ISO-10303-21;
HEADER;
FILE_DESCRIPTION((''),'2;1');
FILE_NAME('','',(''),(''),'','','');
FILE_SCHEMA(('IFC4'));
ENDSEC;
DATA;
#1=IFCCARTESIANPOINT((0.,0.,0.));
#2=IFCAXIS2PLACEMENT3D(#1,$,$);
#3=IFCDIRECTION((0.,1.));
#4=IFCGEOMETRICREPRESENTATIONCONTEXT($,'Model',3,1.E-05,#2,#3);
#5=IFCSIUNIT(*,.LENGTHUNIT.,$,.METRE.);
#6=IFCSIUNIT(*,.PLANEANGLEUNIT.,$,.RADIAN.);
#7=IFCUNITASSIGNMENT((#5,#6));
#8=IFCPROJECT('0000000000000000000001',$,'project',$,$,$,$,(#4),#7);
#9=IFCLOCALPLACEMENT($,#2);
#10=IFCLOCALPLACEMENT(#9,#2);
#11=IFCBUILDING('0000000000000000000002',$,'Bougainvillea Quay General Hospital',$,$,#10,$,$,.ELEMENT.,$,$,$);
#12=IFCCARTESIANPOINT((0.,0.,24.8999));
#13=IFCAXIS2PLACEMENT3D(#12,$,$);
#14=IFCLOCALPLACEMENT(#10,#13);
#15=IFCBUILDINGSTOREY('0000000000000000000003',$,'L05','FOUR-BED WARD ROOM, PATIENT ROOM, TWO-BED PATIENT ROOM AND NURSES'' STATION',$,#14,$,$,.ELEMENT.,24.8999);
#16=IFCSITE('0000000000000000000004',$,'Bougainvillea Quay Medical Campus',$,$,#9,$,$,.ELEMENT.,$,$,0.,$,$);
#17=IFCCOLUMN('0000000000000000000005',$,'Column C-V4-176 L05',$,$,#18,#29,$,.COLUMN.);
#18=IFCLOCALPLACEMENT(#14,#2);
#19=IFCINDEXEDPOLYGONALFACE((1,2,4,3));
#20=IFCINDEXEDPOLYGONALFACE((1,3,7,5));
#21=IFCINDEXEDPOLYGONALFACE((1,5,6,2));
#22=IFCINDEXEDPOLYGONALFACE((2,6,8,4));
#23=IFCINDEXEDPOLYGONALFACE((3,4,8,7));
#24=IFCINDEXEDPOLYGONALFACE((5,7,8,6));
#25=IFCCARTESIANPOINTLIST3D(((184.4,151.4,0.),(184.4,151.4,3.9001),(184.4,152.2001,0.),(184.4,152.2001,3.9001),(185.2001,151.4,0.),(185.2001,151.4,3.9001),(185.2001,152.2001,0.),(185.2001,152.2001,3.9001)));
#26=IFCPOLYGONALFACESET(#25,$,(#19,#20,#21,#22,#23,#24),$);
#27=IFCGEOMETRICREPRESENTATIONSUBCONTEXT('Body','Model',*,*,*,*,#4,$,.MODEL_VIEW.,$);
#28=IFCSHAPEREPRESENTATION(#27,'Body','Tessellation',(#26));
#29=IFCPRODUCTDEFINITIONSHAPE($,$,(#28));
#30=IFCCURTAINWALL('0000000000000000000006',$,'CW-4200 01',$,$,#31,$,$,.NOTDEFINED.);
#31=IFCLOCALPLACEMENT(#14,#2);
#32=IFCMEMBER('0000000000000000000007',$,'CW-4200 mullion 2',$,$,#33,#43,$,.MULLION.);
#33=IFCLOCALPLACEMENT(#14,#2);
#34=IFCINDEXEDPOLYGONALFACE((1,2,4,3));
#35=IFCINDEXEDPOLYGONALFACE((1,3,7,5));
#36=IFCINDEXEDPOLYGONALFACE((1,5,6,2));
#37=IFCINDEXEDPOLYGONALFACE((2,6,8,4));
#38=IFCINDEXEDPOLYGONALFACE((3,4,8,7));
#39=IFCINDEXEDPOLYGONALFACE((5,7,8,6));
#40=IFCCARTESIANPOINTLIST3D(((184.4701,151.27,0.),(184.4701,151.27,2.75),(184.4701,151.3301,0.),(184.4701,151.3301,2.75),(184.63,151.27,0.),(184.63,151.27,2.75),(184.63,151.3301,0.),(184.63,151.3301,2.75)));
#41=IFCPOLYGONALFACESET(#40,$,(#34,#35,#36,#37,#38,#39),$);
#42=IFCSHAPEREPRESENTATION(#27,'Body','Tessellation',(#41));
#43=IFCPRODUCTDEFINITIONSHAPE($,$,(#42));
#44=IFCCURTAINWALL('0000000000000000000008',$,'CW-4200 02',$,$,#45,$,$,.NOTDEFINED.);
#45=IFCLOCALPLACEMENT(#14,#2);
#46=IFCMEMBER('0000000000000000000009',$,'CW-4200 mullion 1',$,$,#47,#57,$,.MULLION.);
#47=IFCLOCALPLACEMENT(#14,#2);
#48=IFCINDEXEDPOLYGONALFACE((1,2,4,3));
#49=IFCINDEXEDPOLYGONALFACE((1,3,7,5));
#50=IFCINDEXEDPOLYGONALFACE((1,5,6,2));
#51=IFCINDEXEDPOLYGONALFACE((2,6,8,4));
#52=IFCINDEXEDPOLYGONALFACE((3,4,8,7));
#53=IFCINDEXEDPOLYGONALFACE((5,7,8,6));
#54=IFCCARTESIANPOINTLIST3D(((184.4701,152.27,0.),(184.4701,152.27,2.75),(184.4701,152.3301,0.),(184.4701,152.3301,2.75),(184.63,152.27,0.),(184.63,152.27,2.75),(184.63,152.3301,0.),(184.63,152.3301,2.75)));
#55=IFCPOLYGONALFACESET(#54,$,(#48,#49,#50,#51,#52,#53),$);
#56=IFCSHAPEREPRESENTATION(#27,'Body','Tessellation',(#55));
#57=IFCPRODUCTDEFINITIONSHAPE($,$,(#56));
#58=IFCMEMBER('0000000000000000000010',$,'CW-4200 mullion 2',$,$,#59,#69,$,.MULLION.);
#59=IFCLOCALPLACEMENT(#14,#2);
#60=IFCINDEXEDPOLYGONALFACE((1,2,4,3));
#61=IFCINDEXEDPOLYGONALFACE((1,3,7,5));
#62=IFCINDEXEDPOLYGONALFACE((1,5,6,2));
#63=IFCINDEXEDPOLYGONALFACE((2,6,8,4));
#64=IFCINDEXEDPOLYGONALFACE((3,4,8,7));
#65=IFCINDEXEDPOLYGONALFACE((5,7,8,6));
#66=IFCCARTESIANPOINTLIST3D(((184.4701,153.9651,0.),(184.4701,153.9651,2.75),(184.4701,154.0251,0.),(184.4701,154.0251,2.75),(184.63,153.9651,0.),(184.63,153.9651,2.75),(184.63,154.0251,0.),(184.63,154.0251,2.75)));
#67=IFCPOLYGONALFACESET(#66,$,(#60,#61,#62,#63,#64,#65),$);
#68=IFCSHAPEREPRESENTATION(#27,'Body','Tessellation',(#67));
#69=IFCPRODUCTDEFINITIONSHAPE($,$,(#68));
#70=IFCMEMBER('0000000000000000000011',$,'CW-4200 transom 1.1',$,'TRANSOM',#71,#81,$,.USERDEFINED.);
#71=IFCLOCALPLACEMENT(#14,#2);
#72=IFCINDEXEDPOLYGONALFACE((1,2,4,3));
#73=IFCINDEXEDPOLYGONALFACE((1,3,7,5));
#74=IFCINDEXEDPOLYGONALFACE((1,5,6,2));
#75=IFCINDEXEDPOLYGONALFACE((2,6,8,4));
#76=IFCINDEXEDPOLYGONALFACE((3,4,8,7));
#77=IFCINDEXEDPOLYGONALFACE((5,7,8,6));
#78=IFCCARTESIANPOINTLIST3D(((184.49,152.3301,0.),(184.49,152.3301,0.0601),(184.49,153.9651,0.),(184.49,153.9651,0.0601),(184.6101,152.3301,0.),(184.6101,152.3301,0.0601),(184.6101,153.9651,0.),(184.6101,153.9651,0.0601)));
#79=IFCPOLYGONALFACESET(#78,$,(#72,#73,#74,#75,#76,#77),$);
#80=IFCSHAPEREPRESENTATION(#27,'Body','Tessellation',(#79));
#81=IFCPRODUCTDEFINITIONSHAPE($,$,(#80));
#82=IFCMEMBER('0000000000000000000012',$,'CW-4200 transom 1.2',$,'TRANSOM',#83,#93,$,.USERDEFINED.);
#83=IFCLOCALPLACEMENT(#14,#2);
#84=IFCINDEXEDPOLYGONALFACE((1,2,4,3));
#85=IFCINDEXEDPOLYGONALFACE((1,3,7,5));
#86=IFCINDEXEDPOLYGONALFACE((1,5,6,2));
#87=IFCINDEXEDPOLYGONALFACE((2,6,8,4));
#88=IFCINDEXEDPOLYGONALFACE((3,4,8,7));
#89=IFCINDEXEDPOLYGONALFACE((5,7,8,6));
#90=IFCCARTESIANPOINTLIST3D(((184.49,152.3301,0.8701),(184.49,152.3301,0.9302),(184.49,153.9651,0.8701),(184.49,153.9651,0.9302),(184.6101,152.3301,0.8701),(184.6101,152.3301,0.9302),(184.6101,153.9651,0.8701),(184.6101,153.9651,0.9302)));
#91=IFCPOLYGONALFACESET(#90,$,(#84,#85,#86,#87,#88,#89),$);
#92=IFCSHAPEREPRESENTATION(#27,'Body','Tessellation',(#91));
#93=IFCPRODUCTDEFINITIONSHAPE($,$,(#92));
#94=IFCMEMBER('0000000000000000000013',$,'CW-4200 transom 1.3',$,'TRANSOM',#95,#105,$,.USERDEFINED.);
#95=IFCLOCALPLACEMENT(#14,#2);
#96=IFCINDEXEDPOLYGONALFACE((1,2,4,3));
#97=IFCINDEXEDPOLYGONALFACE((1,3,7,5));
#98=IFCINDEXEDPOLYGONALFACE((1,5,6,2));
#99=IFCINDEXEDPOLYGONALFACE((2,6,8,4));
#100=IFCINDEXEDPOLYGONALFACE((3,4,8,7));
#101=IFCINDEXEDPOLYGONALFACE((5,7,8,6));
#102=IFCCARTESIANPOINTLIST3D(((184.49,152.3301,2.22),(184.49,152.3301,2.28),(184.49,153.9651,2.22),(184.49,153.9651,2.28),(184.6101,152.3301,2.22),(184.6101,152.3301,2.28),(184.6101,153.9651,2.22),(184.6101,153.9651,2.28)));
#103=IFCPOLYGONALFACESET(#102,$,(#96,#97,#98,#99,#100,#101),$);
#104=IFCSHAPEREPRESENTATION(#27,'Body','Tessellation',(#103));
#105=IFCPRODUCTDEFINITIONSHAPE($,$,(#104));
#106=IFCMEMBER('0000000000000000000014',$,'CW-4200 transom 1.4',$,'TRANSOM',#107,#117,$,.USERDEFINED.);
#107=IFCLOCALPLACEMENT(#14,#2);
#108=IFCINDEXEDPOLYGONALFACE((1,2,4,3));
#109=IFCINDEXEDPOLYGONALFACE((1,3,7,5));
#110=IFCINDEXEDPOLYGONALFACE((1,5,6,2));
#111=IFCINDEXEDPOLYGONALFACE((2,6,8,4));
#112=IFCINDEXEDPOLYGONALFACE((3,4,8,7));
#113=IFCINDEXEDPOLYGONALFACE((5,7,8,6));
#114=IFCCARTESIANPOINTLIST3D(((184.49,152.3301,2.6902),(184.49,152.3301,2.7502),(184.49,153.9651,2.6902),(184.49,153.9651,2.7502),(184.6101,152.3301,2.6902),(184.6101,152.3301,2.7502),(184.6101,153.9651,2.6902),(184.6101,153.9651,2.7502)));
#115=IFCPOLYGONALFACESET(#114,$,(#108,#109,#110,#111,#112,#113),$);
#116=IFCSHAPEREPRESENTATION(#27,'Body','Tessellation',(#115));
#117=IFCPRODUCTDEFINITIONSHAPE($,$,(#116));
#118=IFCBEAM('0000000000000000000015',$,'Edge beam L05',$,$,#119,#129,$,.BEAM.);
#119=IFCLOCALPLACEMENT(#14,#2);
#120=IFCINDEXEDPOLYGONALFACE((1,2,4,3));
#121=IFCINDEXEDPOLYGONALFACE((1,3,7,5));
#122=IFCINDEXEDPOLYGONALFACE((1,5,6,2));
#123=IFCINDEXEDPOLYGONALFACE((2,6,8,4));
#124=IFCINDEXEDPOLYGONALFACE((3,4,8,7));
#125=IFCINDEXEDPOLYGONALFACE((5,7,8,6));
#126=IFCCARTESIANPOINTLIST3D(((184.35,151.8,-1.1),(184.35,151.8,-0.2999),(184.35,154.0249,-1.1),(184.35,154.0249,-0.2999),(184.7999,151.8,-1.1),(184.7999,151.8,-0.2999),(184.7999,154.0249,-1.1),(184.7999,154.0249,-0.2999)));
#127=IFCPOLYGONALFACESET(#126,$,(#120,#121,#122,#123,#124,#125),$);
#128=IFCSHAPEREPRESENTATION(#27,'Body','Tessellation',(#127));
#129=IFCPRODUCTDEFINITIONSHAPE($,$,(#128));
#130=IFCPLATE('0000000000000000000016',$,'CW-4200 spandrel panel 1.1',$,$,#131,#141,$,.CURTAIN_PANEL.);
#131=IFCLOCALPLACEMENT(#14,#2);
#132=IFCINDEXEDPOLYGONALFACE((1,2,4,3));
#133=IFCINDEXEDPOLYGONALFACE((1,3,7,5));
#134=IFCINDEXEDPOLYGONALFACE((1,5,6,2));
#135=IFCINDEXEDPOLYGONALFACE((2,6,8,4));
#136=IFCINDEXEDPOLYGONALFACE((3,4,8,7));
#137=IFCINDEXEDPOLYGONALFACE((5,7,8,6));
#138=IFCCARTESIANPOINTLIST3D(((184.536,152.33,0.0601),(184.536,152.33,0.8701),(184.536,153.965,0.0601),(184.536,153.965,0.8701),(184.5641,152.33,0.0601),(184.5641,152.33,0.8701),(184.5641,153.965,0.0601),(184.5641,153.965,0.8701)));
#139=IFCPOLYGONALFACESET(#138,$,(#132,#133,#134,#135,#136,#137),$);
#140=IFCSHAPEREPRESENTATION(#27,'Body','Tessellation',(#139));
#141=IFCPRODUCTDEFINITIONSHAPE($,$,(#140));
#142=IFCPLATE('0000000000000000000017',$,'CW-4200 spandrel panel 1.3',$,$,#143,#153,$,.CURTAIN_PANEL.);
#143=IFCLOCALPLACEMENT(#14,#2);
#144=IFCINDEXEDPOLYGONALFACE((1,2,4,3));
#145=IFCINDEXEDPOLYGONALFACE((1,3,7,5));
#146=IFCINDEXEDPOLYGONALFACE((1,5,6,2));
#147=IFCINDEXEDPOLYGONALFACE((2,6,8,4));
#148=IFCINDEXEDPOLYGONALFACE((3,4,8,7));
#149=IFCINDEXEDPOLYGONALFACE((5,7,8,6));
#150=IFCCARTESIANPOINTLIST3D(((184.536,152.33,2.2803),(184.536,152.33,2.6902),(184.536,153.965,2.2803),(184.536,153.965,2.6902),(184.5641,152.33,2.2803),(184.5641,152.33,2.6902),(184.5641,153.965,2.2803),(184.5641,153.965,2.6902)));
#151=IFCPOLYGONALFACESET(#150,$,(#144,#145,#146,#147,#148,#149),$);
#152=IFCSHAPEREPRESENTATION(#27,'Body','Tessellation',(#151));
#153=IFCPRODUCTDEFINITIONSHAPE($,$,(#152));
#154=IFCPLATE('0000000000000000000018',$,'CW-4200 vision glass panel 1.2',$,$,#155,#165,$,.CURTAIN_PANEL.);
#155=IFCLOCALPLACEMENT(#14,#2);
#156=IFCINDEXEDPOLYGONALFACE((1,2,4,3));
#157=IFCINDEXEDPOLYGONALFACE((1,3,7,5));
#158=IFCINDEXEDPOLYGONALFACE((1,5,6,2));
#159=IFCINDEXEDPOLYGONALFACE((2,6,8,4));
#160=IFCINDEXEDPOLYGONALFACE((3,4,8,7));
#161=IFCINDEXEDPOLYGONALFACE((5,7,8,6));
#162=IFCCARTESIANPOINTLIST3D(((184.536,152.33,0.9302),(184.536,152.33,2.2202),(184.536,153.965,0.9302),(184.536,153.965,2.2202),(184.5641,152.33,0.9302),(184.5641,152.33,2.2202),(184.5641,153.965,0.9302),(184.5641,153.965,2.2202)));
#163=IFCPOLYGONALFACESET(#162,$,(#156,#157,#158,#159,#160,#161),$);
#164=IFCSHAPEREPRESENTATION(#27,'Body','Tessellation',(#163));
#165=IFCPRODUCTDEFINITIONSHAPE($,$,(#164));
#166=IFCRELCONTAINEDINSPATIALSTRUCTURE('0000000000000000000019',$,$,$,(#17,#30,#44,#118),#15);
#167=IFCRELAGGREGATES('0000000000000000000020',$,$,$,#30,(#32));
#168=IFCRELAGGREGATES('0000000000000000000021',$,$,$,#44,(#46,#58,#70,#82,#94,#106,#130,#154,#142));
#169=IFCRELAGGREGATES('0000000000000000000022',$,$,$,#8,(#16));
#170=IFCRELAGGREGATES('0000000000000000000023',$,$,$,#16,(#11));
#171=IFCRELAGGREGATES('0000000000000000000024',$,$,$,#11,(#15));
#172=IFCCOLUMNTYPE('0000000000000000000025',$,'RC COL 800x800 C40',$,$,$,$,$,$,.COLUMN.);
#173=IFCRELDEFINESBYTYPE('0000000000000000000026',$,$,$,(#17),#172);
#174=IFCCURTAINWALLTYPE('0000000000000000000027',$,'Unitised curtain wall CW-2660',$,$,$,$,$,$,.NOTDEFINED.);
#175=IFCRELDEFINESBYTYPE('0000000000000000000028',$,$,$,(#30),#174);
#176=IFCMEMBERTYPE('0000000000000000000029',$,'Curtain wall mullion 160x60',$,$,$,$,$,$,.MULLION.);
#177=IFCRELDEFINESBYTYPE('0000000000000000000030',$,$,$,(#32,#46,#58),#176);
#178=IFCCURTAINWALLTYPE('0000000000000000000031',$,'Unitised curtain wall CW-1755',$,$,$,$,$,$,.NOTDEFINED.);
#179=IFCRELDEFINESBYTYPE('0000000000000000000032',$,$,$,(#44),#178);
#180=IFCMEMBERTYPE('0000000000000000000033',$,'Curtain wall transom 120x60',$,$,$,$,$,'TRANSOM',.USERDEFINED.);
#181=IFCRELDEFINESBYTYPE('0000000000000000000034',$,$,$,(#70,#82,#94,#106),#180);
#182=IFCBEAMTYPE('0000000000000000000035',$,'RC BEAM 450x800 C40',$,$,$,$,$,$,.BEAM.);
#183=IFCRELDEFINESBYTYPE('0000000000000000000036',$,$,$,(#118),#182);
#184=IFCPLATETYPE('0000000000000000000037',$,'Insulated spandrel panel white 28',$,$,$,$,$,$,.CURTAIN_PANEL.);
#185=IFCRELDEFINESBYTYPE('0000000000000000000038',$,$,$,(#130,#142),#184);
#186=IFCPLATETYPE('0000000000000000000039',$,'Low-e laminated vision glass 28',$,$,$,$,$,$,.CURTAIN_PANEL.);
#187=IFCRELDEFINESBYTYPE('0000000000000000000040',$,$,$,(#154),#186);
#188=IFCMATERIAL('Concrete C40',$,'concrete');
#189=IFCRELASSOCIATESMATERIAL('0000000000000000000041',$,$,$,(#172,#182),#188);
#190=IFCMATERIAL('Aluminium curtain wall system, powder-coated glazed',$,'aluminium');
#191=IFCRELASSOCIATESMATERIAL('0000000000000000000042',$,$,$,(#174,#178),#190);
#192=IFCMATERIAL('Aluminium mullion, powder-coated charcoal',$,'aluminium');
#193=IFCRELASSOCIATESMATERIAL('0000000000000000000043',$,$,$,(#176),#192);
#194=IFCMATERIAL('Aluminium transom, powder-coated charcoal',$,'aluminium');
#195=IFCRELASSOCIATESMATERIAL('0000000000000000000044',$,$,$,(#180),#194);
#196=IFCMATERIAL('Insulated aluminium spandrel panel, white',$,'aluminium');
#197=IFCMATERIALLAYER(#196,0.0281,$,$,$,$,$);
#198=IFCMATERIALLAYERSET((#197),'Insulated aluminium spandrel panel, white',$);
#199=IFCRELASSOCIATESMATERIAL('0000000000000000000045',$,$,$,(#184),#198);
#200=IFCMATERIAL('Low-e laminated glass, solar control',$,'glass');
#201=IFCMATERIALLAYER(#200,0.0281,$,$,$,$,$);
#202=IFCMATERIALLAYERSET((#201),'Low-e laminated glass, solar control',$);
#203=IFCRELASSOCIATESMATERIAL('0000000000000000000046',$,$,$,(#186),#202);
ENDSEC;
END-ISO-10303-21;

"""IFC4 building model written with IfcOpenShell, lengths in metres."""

from ifc_helpers import new_model, si_unit, direction, frame, origin, origin_2d, place, context, subcontext, project, spatial, rectangle, extrude, material, layer, layer_set, material_profile, profile_set, type_object, element, aggregate, save


model = new_model("IFC4")

# Units and contexts
model_context = context("Model", 3, precision=1e-05, world=origin(), true_north=direction((0.0, 1.0)))
body_context = subcontext(model_context, "Body", "Model", "MODEL_VIEW")
ifc_project = project(units=[si_unit("LENGTHUNIT", "METRE"), si_unit("PLANEANGLEUNIT", "RADIAN")], contexts=[model_context])

# Site, building, storey
site_placement = place(None, origin())
site = spatial("IfcSite", under=ifc_project, at=site_placement, Name="Bougainvillea Quay Medical Campus", CompositionType="ELEMENT", RefElevation=0.0)
building_placement = place(site_placement, origin())
building = spatial("IfcBuilding", under=site, at=building_placement, Name="Bougainvillea Quay General Hospital", CompositionType="ELEMENT")
storey_placement = place(building_placement, frame((0.0, 0.0, 24.8999)))
storey = spatial("IfcBuildingStorey", under=building, at=storey_placement, Name="L05", Description="FOUR-BED WARD ROOM, PATIENT ROOM, TWO-BED PATIENT ROOM AND NURSES' STATION", CompositionType="ELEMENT", Elevation=24.8999)

# Column
ifc_material_1 = material(Name="Concrete C40", Category="concrete")
ifc_material_profile_1 = material_profile(ifc_material_1, rectangle(XDim=0.8, YDim=0.8, at=origin_2d()))
ifc_profile_set_1 = profile_set([ifc_material_profile_1], Name="Concrete C40")
column_type = type_object("IfcColumnType", Name="RC COL 800x800 C40", PredefinedType="COLUMN", material=ifc_profile_set_1)
column_placement = place(storey_placement, frame((184.8, 151.8, 0.0), z_axis=(0.0, 0.0, 1.0), x_axis=(1.0, 0.0, 0.0)))
element("IfcColumn", 1, at=column_placement, inside=storey, type_object=column_type, Name="Column C-V4-176 L05", PredefinedType="COLUMN", context=body_context, shape_type="SweptSolid", body=[
    extrude(rectangle(XDim=0.8, YDim=0.8, at=origin_2d()), origin(), (0.0, 0.0, 1.0), 3.9001),
])

# Curtain wall, member
ifc_material_2 = material(Name="Aluminium curtain wall system, powder-coated glazed", Category="aluminium")
curtain_wall_type_1 = type_object("IfcCurtainWallType", Name="Unitised curtain wall CW-2660", PredefinedType="NOTDEFINED", material=ifc_material_2)
curtain_wall_1_placement = place(storey_placement, origin())
curtain_wall_1 = element("IfcCurtainWall", 2, at=curtain_wall_1_placement, inside=storey, type_object=curtain_wall_type_1, Name="CW-4200 01", PredefinedType="NOTDEFINED")
ifc_material_3 = material(Name="Aluminium mullion, powder-coated charcoal", Category="aluminium")
ifc_material_profile_2 = material_profile(ifc_material_3, rectangle(XDim=0.1599, YDim=0.0601, at=origin_2d()))
ifc_profile_set_2 = profile_set([ifc_material_profile_2], Name="Aluminium mullion, powder-coated charcoal")
member_type_1 = type_object("IfcMemberType", Name="Curtain wall mullion 160x60", PredefinedType="MULLION", material=ifc_profile_set_2)
member_1_placement = place(storey_placement, frame((184.55, 151.3, 0.0), z_axis=(0.0, 0.0, 1.0), x_axis=(-1.0, 0.0, 0.0)))
member_1 = element("IfcMember", 3, at=member_1_placement, type_object=member_type_1, Name="CW-4200 mullion 2", PredefinedType="MULLION", context=body_context, shape_type="SweptSolid", body=[
    extrude(rectangle(XDim=0.1599, YDim=0.0601, at=origin_2d()), origin(), (0.0, 0.0, 1.0), 2.75),
])
aggregate(curtain_wall_1, [member_1])

# Curtain wall, members
curtain_wall_type_2 = type_object("IfcCurtainWallType", Name="Unitised curtain wall CW-1755", PredefinedType="NOTDEFINED", material=ifc_material_2)
curtain_wall_2_placement = place(storey_placement, origin())
curtain_wall_2 = element("IfcCurtainWall", 4, at=curtain_wall_2_placement, inside=storey, type_object=curtain_wall_type_2, Name="CW-4200 02", PredefinedType="NOTDEFINED")
member_2_placement = place(storey_placement, frame((184.55, 152.3, 0.0), z_axis=(0.0, 0.0, 1.0), x_axis=(-1.0, 0.0, 0.0)))
member_2 = element("IfcMember", 5, at=member_2_placement, type_object=member_type_1, Name="CW-4200 mullion 1", PredefinedType="MULLION", context=body_context, shape_type="SweptSolid", body=[
    extrude(rectangle(XDim=0.1599, YDim=0.0601, at=origin_2d()), origin(), (0.0, 0.0, 1.0), 2.75),
])
member_3_placement = place(storey_placement, frame((184.55, 153.9951, 0.0), z_axis=(0.0, 0.0, 1.0), x_axis=(-1.0, 0.0, 0.0)))
member_3 = element("IfcMember", 6, at=member_3_placement, type_object=member_type_1, Name="CW-4200 mullion 2", PredefinedType="MULLION", context=body_context, shape_type="SweptSolid", body=[
    extrude(rectangle(XDim=0.1599, YDim=0.0601, at=origin_2d()), origin(), (0.0, 0.0, 1.0), 2.75),
])
ifc_material_4 = material(Name="Aluminium transom, powder-coated charcoal", Category="aluminium")
ifc_material_profile_3 = material_profile(ifc_material_4, rectangle(XDim=0.1201, YDim=0.0601, at=origin_2d()))
ifc_profile_set_3 = profile_set([ifc_material_profile_3], Name="Aluminium transom, powder-coated charcoal")
member_type_2 = type_object("IfcMemberType", Name="Curtain wall transom 120x60", ElementType="TRANSOM", PredefinedType="USERDEFINED", material=ifc_profile_set_3)
member_4_placement = place(storey_placement, frame((184.55, 152.3301, 0.03), z_axis=(0.0, 1.0, 0.0), x_axis=(-1.0, 0.0, 0.0)))
member_4 = element("IfcMember", 7, at=member_4_placement, type_object=member_type_2, Name="CW-4200 transom 1.1", ObjectType="TRANSOM", PredefinedType="USERDEFINED", context=body_context, shape_type="SweptSolid", body=[
    extrude(rectangle(XDim=0.1201, YDim=0.0601, at=origin_2d()), origin(), (0.0, 0.0, 1.0), 1.635),
])
member_5_placement = place(storey_placement, frame((184.55, 152.3301, 0.9001), z_axis=(0.0, 1.0, 0.0), x_axis=(-1.0, 0.0, 0.0)))
member_5 = element("IfcMember", 8, at=member_5_placement, type_object=member_type_2, Name="CW-4200 transom 1.2", ObjectType="TRANSOM", PredefinedType="USERDEFINED", context=body_context, shape_type="SweptSolid", body=[
    extrude(rectangle(XDim=0.1201, YDim=0.0601, at=origin_2d()), origin(), (0.0, 0.0, 1.0), 1.635),
])
member_6_placement = place(storey_placement, frame((184.55, 152.3301, 2.25), z_axis=(0.0, 1.0, 0.0), x_axis=(-1.0, 0.0, 0.0)))
member_6 = element("IfcMember", 9, at=member_6_placement, type_object=member_type_2, Name="CW-4200 transom 1.3", ObjectType="TRANSOM", PredefinedType="USERDEFINED", context=body_context, shape_type="SweptSolid", body=[
    extrude(rectangle(XDim=0.1201, YDim=0.0601, at=origin_2d()), origin(), (0.0, 0.0, 1.0), 1.635),
])
member_7_placement = place(storey_placement, frame((184.55, 152.3301, 2.7202), z_axis=(0.0, 1.0, 0.0), x_axis=(-1.0, 0.0, 0.0)))
member_7 = element("IfcMember", 10, at=member_7_placement, type_object=member_type_2, Name="CW-4200 transom 1.4", ObjectType="TRANSOM", PredefinedType="USERDEFINED", context=body_context, shape_type="SweptSolid", body=[
    extrude(rectangle(XDim=0.1201, YDim=0.0601, at=origin_2d()), origin(), (0.0, 0.0, 1.0), 1.635),
])

# Beam
ifc_material_profile_4 = material_profile(ifc_material_1, rectangle(XDim=0.45, YDim=0.8, at=origin_2d()))
ifc_profile_set_4 = profile_set([ifc_material_profile_4], Name="Concrete C40")
beam_type = type_object("IfcBeamType", Name="RC BEAM 450x800 C40", PredefinedType="BEAM", material=ifc_profile_set_4)
beam_placement = place(storey_placement, frame((184.575, 151.8, -0.7), z_axis=(0.0, 1.0, 0.0), x_axis=(-1.0, 0.0, 0.0)))
element("IfcBeam", 11, at=beam_placement, inside=storey, type_object=beam_type, Name="Edge beam L05", PredefinedType="BEAM", context=body_context, shape_type="SweptSolid", body=[
    extrude(rectangle(XDim=0.45, YDim=0.8, at=origin_2d()), origin(), (0.0, 0.0, 1.0), 2.2249),
])

# Plates
ifc_material_5 = material(Name="Insulated aluminium spandrel panel, white", Category="aluminium")
ifc_layer_1 = layer(ifc_material_5, 0.0281)
ifc_layer_set_1 = layer_set([ifc_layer_1], Name="Insulated aluminium spandrel panel, white")
plate_type_1 = type_object("IfcPlateType", Name="Insulated spandrel panel white 28", PredefinedType="CURTAIN_PANEL", material=ifc_layer_set_1)
plate_1_placement = place(storey_placement, frame((184.55, 153.1475, 0.0601), z_axis=(0.0, 0.0, 1.0), x_axis=(0.0, 1.0, 0.0)))
plate_1 = element("IfcPlate", 12, at=plate_1_placement, type_object=plate_type_1, Name="CW-4200 spandrel panel 1.1", PredefinedType="CURTAIN_PANEL", context=body_context, shape_type="SweptSolid", body=[
    extrude(rectangle(XDim=1.635, YDim=0.0281, at=origin_2d()), origin(), (0.0, 0.0, 1.0), 0.8101),
])
plate_2_placement = place(storey_placement, frame((184.55, 153.1475, 2.2803), z_axis=(0.0, 0.0, 1.0), x_axis=(0.0, 1.0, 0.0)))
plate_2 = element("IfcPlate", 13, at=plate_2_placement, type_object=plate_type_1, Name="CW-4200 spandrel panel 1.3", PredefinedType="CURTAIN_PANEL", context=body_context, shape_type="SweptSolid", body=[
    extrude(rectangle(XDim=1.635, YDim=0.0281, at=origin_2d()), origin(), (0.0, 0.0, 1.0), 0.4099),
])
ifc_material_6 = material(Name="Low-e laminated glass, solar control", Category="glass")
ifc_layer_2 = layer(ifc_material_6, 0.0281)
ifc_layer_set_2 = layer_set([ifc_layer_2], Name="Low-e laminated glass, solar control")
plate_type_2 = type_object("IfcPlateType", Name="Low-e laminated vision glass 28", PredefinedType="CURTAIN_PANEL", material=ifc_layer_set_2)
plate_3_placement = place(storey_placement, frame((184.55, 153.1475, 0.9302), z_axis=(0.0, 0.0, 1.0), x_axis=(0.0, 1.0, 0.0)))
plate_3 = element("IfcPlate", 14, at=plate_3_placement, type_object=plate_type_2, Name="CW-4200 vision glass panel 1.2", PredefinedType="CURTAIN_PANEL", context=body_context, shape_type="SweptSolid", body=[
    extrude(rectangle(XDim=1.635, YDim=0.0281, at=origin_2d()), origin(), (0.0, 0.0, 1.0), 1.29),
])
aggregate(curtain_wall_2, [member_2, member_3, member_4, member_5, member_6, member_7, plate_1, plate_3, plate_2])

save(model, "model.ifc")
